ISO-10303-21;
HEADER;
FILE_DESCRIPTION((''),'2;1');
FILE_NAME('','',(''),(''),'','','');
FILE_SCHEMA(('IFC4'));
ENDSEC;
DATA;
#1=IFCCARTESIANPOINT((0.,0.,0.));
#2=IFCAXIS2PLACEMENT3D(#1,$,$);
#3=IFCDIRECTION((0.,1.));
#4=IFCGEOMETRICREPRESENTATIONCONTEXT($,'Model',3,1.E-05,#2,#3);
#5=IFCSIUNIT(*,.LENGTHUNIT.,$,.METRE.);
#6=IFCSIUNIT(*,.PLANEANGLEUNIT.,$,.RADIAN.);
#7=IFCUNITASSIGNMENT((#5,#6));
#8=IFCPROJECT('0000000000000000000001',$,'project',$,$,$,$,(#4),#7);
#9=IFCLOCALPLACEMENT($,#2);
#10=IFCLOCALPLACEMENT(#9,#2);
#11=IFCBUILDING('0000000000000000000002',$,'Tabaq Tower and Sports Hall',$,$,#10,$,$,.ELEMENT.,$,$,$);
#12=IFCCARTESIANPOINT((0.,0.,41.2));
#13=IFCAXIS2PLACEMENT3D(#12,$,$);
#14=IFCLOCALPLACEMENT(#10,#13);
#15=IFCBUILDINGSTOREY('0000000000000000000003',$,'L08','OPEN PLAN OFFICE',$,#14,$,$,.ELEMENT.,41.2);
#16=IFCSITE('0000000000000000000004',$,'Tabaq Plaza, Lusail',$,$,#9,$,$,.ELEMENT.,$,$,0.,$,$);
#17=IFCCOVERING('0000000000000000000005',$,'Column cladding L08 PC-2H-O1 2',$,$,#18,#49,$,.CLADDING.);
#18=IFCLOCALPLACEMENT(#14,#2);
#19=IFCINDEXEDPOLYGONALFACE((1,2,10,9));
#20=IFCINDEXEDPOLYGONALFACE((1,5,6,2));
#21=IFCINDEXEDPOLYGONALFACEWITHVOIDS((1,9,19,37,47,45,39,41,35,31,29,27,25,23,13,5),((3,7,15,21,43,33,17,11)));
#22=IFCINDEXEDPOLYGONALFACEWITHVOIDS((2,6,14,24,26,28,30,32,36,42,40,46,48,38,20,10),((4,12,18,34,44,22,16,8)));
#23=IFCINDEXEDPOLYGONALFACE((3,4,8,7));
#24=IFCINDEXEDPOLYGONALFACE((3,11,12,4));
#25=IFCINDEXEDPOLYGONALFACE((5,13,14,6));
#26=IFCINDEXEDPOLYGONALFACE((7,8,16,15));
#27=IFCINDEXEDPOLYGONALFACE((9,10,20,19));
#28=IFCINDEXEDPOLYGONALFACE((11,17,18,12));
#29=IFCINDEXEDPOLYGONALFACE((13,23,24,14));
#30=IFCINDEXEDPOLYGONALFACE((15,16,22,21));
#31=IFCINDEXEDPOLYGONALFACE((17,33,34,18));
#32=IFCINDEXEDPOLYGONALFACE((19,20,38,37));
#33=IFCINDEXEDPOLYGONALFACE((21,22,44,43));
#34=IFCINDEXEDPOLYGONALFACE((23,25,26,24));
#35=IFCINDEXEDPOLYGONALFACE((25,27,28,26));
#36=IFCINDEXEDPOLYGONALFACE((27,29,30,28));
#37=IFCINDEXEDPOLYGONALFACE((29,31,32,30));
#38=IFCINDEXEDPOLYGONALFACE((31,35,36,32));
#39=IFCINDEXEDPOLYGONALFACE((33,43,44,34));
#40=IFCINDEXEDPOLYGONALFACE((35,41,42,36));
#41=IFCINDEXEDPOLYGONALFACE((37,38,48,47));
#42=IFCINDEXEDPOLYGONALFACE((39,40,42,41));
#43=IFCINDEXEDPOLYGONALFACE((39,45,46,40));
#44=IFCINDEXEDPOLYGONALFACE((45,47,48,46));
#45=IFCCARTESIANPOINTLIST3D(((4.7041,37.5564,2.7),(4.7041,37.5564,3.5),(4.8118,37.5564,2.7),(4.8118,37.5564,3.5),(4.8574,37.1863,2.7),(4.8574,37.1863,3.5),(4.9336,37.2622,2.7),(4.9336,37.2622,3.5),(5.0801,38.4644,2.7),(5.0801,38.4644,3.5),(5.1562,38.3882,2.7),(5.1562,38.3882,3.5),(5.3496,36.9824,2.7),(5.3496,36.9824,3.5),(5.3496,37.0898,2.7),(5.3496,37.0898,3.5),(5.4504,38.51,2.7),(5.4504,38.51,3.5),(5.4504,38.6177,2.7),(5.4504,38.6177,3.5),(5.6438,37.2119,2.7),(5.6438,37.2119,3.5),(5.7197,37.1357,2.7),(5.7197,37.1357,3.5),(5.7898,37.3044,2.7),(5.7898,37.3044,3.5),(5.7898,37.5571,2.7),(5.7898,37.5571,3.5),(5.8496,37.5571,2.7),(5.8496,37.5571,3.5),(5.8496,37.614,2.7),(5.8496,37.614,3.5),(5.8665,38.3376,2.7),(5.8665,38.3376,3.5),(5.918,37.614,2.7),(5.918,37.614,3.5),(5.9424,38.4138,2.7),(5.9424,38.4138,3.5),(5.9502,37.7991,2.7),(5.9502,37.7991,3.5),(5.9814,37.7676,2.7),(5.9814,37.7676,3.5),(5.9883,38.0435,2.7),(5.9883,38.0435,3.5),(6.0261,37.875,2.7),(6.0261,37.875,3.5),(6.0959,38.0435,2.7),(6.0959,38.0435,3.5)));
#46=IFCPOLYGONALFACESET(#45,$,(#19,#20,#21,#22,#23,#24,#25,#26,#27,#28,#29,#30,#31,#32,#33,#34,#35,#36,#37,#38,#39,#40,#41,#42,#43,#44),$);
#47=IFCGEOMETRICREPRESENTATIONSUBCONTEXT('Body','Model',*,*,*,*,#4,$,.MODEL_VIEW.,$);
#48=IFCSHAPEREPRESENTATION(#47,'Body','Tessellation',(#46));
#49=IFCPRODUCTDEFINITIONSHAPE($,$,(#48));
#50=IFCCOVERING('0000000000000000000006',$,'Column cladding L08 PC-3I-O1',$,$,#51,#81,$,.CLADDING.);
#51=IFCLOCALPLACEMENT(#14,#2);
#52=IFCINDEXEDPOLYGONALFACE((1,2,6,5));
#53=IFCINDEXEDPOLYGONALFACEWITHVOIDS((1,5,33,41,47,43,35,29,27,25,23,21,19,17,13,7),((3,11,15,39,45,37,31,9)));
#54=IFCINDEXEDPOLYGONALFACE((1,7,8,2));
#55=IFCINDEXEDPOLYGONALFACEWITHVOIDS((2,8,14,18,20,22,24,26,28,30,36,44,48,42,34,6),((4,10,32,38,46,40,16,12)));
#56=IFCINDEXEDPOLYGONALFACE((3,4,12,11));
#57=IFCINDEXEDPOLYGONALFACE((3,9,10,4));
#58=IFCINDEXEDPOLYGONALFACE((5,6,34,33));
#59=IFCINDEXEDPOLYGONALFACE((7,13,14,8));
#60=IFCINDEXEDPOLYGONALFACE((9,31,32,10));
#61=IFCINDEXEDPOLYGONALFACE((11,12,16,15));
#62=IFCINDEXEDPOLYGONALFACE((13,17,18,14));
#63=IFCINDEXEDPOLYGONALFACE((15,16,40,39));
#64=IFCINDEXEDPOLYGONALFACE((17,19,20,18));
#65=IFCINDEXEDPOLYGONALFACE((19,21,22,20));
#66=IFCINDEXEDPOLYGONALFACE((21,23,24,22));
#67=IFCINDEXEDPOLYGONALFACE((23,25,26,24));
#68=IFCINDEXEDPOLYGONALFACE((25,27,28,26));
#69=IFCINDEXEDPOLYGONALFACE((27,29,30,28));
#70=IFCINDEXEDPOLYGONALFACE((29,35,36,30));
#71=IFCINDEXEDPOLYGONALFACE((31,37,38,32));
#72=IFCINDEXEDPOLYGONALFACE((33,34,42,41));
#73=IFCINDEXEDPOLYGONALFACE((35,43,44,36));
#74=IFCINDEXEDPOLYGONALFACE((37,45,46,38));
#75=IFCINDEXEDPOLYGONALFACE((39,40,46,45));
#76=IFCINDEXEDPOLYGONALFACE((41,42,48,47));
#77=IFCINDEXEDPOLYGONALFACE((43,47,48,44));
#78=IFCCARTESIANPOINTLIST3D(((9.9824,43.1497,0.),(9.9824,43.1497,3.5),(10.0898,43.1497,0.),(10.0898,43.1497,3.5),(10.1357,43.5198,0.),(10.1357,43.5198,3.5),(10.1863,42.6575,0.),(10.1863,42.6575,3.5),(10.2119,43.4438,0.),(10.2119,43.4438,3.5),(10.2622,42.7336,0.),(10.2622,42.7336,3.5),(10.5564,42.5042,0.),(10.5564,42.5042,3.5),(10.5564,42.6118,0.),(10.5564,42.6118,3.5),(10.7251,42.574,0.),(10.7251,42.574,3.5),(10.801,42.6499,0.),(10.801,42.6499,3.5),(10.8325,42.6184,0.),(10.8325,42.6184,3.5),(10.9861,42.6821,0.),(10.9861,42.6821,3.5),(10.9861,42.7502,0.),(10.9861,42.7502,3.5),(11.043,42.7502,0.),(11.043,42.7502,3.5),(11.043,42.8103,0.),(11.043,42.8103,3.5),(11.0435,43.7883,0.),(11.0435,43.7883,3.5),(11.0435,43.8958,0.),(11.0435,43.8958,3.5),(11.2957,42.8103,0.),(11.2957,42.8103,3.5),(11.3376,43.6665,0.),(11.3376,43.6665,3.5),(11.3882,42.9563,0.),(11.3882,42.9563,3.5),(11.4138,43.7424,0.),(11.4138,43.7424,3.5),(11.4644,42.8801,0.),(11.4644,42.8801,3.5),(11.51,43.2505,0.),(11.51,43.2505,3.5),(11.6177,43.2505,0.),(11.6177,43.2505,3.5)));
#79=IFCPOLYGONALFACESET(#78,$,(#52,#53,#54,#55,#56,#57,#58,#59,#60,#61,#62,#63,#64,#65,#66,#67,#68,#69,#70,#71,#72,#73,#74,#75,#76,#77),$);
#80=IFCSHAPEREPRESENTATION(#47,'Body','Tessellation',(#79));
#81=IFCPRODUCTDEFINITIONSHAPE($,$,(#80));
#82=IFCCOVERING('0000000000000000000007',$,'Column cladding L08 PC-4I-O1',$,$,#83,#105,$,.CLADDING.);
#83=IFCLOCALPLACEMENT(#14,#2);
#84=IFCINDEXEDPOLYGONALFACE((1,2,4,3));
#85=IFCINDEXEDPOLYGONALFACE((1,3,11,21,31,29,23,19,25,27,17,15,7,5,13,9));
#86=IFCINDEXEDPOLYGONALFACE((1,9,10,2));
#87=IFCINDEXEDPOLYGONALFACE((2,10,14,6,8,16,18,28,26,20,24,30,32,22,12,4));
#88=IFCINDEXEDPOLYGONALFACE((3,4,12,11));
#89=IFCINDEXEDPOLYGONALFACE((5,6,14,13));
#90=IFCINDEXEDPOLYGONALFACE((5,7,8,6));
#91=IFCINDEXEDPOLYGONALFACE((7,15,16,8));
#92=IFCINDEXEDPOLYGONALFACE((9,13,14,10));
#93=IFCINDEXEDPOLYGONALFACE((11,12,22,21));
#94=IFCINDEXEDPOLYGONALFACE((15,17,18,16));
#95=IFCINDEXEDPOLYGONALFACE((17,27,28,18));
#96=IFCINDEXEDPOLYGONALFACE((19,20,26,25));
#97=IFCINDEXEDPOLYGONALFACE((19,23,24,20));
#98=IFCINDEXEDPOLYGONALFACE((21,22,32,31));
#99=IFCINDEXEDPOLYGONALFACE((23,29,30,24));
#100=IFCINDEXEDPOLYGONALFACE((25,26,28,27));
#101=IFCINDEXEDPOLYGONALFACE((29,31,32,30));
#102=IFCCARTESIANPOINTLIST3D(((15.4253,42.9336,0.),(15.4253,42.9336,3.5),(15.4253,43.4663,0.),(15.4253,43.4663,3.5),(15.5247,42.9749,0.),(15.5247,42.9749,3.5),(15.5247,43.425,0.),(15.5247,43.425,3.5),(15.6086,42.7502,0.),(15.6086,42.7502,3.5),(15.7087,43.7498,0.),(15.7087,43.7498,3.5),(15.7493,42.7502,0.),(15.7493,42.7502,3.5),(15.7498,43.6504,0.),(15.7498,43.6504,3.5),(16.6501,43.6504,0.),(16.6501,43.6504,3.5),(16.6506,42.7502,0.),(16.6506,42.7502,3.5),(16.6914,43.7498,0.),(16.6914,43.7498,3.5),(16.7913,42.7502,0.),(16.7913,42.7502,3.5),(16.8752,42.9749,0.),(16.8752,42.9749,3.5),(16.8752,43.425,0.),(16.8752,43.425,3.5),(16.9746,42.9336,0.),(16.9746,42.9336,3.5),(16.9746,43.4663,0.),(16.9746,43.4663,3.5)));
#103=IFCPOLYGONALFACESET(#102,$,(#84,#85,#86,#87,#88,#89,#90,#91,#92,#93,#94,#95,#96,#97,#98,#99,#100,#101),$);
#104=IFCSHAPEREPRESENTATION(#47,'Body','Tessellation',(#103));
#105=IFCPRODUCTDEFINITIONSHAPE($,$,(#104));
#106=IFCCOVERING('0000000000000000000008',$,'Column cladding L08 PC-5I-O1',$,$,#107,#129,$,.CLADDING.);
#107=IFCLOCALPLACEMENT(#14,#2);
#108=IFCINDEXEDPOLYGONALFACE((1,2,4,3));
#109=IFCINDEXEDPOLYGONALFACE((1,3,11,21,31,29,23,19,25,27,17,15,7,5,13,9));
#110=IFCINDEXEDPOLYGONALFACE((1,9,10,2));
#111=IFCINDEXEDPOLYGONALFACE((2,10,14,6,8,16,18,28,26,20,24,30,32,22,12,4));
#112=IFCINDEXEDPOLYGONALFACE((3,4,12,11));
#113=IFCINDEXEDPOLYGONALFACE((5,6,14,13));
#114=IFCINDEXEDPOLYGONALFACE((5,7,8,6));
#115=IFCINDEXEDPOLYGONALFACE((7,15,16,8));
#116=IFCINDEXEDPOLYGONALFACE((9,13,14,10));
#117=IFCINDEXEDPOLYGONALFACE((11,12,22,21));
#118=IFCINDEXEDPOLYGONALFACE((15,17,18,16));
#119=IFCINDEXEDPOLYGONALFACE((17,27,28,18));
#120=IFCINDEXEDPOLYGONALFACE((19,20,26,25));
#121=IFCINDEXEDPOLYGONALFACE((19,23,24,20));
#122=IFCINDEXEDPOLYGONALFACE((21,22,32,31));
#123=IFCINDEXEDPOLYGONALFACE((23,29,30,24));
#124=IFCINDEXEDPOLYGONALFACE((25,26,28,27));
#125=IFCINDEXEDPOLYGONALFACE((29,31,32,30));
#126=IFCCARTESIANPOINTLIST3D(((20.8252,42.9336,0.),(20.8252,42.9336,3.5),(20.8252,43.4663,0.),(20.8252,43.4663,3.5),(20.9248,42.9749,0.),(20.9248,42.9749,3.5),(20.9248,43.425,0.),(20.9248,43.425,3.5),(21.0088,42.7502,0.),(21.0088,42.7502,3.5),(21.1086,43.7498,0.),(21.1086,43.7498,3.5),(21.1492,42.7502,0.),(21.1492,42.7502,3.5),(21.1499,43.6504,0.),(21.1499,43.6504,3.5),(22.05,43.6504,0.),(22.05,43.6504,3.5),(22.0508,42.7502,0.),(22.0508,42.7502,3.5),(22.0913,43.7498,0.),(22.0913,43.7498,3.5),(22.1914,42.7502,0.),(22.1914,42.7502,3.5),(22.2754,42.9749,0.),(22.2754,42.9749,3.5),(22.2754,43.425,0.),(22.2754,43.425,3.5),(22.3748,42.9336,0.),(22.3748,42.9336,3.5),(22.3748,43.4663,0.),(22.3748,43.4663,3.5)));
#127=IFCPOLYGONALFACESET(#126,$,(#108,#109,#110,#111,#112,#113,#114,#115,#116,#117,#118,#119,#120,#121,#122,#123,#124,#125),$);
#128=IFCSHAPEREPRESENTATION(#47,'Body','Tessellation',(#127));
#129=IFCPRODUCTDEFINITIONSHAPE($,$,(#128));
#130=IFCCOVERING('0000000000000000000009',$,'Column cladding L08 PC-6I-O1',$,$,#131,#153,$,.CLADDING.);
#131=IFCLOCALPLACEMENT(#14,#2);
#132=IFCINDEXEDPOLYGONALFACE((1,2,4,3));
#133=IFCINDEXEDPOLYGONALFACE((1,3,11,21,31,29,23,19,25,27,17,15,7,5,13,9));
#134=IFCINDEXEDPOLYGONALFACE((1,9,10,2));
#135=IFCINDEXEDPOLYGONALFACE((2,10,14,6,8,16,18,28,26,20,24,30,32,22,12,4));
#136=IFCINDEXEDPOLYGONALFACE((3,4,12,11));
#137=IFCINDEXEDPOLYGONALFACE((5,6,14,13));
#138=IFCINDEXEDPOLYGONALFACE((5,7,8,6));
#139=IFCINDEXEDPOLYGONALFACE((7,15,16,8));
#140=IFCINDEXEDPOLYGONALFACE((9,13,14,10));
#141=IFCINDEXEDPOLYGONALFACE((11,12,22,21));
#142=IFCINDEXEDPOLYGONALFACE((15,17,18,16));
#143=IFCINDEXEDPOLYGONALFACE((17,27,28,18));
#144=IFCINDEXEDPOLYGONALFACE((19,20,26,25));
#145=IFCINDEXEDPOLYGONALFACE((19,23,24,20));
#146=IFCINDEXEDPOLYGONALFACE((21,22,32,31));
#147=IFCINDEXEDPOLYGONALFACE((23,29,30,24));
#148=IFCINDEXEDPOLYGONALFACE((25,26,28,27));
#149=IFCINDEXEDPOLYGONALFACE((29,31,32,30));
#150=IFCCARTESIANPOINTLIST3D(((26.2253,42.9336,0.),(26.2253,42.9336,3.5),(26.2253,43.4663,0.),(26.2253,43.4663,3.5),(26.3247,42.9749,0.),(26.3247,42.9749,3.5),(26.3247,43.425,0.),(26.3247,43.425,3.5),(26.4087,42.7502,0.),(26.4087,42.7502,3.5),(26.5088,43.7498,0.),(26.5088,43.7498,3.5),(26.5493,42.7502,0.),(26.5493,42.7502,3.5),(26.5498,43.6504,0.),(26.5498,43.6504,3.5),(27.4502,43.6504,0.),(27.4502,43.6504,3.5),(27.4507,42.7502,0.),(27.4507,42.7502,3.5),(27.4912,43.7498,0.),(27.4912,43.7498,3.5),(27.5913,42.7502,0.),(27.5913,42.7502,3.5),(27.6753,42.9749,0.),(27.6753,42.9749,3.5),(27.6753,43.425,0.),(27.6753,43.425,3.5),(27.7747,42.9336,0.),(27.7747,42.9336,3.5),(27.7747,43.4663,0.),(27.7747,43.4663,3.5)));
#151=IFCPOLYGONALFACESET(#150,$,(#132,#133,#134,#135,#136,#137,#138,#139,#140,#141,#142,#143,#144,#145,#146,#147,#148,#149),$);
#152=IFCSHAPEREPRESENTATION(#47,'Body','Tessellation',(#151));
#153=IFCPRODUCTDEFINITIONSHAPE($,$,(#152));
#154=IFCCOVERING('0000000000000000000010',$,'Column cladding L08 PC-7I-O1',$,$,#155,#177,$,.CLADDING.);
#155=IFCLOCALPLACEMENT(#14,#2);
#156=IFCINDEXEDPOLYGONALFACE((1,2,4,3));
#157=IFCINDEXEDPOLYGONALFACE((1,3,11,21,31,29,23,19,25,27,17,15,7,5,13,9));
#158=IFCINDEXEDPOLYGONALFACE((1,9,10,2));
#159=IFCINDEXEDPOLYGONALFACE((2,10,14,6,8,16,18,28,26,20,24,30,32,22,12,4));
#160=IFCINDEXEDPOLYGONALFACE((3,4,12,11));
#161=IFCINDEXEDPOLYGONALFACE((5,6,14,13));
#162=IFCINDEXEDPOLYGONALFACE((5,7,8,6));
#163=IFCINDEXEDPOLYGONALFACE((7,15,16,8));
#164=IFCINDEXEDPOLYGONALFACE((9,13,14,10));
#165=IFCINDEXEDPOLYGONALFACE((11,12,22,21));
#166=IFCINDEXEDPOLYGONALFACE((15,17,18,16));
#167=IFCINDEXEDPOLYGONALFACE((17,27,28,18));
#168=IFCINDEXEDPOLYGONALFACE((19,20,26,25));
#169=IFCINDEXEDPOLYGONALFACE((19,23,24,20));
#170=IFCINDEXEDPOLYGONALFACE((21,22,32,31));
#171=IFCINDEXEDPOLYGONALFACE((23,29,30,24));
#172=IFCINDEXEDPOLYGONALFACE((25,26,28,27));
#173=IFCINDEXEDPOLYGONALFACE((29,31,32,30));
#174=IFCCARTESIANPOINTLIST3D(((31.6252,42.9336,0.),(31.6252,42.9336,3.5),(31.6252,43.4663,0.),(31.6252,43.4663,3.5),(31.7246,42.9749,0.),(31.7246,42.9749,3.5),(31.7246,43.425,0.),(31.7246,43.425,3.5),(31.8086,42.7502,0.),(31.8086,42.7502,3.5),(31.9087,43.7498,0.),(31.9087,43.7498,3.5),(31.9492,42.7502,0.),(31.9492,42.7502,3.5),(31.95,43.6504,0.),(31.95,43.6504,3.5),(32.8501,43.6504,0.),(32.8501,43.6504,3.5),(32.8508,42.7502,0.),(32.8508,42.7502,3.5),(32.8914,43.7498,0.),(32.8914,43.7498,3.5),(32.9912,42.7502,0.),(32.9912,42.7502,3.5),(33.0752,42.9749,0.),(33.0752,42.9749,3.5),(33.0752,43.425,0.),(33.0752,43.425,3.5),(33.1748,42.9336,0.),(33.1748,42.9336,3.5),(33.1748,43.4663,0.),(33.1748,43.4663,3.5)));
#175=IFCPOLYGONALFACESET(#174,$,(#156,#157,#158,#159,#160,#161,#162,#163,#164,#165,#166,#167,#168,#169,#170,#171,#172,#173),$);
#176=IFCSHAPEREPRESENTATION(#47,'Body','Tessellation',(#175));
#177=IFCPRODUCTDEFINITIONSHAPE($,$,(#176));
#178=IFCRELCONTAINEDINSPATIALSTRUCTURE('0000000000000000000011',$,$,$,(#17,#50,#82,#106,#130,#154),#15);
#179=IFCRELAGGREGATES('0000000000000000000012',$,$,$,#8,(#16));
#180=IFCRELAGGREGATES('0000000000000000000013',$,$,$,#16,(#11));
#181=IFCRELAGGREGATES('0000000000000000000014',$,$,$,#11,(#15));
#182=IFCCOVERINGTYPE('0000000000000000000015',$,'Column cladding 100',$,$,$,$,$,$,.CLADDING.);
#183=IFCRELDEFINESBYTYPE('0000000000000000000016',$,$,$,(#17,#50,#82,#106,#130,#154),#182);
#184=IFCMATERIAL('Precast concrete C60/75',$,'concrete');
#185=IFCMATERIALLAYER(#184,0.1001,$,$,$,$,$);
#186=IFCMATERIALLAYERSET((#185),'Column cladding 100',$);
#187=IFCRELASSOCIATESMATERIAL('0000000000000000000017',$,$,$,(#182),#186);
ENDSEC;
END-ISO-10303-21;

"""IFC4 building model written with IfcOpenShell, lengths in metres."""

from ifc_helpers import new_model, si_unit, direction, frame, origin, place, context, subcontext, project, spatial, polyline, outline, extrude, material, layer, layer_set, type_object, element, save


model = new_model("IFC4")

# Units and contexts
model_context = context("Model", 3, precision=1e-05, world=origin(), true_north=direction((0.0, 1.0)))
body_context = subcontext(model_context, "Body", "Model", "MODEL_VIEW")
ifc_project = project(units=[si_unit("LENGTHUNIT", "METRE"), si_unit("PLANEANGLEUNIT", "RADIAN")], contexts=[model_context])

# Site, building, storey
site_placement = place(None, origin())
site = spatial("IfcSite", under=ifc_project, at=site_placement, Name="Tabaq Plaza, Lusail", CompositionType="ELEMENT", RefElevation=0.0)
building_placement = place(site_placement, origin())
building = spatial("IfcBuilding", under=site, at=building_placement, Name="Tabaq Tower and Sports Hall", CompositionType="ELEMENT")
storey_placement = place(building_placement, frame((0.0, 0.0, 41.2)))
storey = spatial("IfcBuildingStorey", under=building, at=storey_placement, Name="L08", Description="OPEN PLAN OFFICE", CompositionType="ELEMENT", Elevation=41.2)

# Coverings
ifc_material_1 = material(Name="Precast concrete C60/75", Category="concrete")
ifc_layer_1 = layer(ifc_material_1, 0.1001)
ifc_layer_set_1 = layer_set([ifc_layer_1], Name="Column cladding 100")
covering_type = type_object("IfcCoveringType", Name="Column cladding 100", PredefinedType="CLADDING", material=ifc_layer_set_1)
covering_1_placement = place(storey_placement, frame((0.0, 0.0, 2.7)))
element("IfcCovering", 1, at=covering_1_placement, inside=storey, type_object=covering_type, Name="Column cladding L08 PC-2H-O1 2", PredefinedType="CLADDING", context=body_context, shape_type="SweptSolid", body=[
    extrude(outline(polyline([(4.8574, 37.1863), (4.7041, 37.5564), (5.0801, 38.4644), (5.4504, 38.6177), (5.9424, 38.4138), (6.0959, 38.0435), (6.0261, 37.875), (5.9502, 37.7991), (5.9814, 37.7676), (5.918, 37.614), (5.8496, 37.614), (5.8496, 37.5571), (5.7898, 37.5571), (5.7898, 37.3044), (5.7197, 37.1357), (5.3496, 36.9824), (4.8574, 37.1863)]), holes=[polyline([(5.8665, 38.3376), (5.4504, 38.51), (5.1562, 38.3882), (4.8118, 37.5564), (4.9336, 37.2622), (5.3496, 37.0898), (5.6438, 37.2119), (5.9883, 38.0435), (5.8665, 38.3376)])]), origin(), (0.0, 0.0, 1.0), 0.8),
])
covering_2_placement = place(storey_placement, origin())
element("IfcCovering", 2, at=covering_2_placement, inside=storey, type_object=covering_type, Name="Column cladding L08 PC-3I-O1", PredefinedType="CLADDING", context=body_context, shape_type="SweptSolid", body=[
    extrude(outline(polyline([(9.9824, 43.1497), (10.1357, 43.5198), (11.0435, 43.8958), (11.4138, 43.7424), (11.6177, 43.2505), (11.4644, 42.8801), (11.2957, 42.8103), (11.043, 42.8103), (11.043, 42.7502), (10.9861, 42.7502), (10.9861, 42.6821), (10.8325, 42.6184), (10.801, 42.6499), (10.7251, 42.574), (10.5564, 42.5042), (10.1863, 42.6575), (9.9824, 43.1497)]), holes=[polyline([(11.51, 43.2505), (11.3376, 43.6665), (11.0435, 43.7883), (10.2119, 43.4438), (10.0898, 43.1497), (10.2622, 42.7336), (10.5564, 42.6118), (11.3882, 42.9563), (11.51, 43.2505)])]), origin(), (0.0, 0.0, 1.0), 3.5),
])
covering_3_placement = place(storey_placement, origin())
element("IfcCovering", 3, at=covering_3_placement, inside=storey, type_object=covering_type, Name="Column cladding L08 PC-4I-O1", PredefinedType="CLADDING", context=body_context, shape_type="SweptSolid", body=[
    extrude(outline(polyline([(15.4253, 43.4663), (15.7087, 43.7498), (16.6914, 43.7498), (16.9746, 43.4663), (16.9746, 42.9336), (16.7913, 42.7502), (16.6506, 42.7502), (16.8752, 42.9749), (16.8752, 43.425), (16.6501, 43.6504), (15.7498, 43.6504), (15.5247, 43.425), (15.5247, 42.9749), (15.7493, 42.7502), (15.6086, 42.7502), (15.4253, 42.9336), (15.4253, 43.4663)])), origin(), (0.0, 0.0, 1.0), 3.5),
])
covering_4_placement = place(storey_placement, origin())
element("IfcCovering", 4, at=covering_4_placement, inside=storey, type_object=covering_type, Name="Column cladding L08 PC-5I-O1", PredefinedType="CLADDING", context=body_context, shape_type="SweptSolid", body=[
    extrude(outline(polyline([(20.8252, 43.4663), (21.1086, 43.7498), (22.0913, 43.7498), (22.3748, 43.4663), (22.3748, 42.9336), (22.1914, 42.7502), (22.0508, 42.7502), (22.2754, 42.9749), (22.2754, 43.425), (22.05, 43.6504), (21.1499, 43.6504), (20.9248, 43.425), (20.9248, 42.9749), (21.1492, 42.7502), (21.0088, 42.7502), (20.8252, 42.9336), (20.8252, 43.4663)])), origin(), (0.0, 0.0, 1.0), 3.5),
])
covering_5_placement = place(storey_placement, origin())
element("IfcCovering", 5, at=covering_5_placement, inside=storey, type_object=covering_type, Name="Column cladding L08 PC-6I-O1", PredefinedType="CLADDING", context=body_context, shape_type="SweptSolid", body=[
    extrude(outline(polyline([(26.2253, 43.4663), (26.5088, 43.7498), (27.4912, 43.7498), (27.7747, 43.4663), (27.7747, 42.9336), (27.5913, 42.7502), (27.4507, 42.7502), (27.6753, 42.9749), (27.6753, 43.425), (27.4502, 43.6504), (26.5498, 43.6504), (26.3247, 43.425), (26.3247, 42.9749), (26.5493, 42.7502), (26.4087, 42.7502), (26.2253, 42.9336), (26.2253, 43.4663)])), origin(), (0.0, 0.0, 1.0), 3.5),
])
covering_6_placement = place(storey_placement, origin())
element("IfcCovering", 6, at=covering_6_placement, inside=storey, type_object=covering_type, Name="Column cladding L08 PC-7I-O1", PredefinedType="CLADDING", context=body_context, shape_type="SweptSolid", body=[
    extrude(outline(polyline([(31.6252, 43.4663), (31.9087, 43.7498), (32.8914, 43.7498), (33.1748, 43.4663), (33.1748, 42.9336), (32.9912, 42.7502), (32.8508, 42.7502), (33.0752, 42.9749), (33.0752, 43.425), (32.8501, 43.6504), (31.95, 43.6504), (31.7246, 43.425), (31.7246, 42.9749), (31.9492, 42.7502), (31.8086, 42.7502), (31.6252, 42.9336), (31.6252, 43.4663)])), origin(), (0.0, 0.0, 1.0), 3.5),
])

save(model, "model.ifc")
